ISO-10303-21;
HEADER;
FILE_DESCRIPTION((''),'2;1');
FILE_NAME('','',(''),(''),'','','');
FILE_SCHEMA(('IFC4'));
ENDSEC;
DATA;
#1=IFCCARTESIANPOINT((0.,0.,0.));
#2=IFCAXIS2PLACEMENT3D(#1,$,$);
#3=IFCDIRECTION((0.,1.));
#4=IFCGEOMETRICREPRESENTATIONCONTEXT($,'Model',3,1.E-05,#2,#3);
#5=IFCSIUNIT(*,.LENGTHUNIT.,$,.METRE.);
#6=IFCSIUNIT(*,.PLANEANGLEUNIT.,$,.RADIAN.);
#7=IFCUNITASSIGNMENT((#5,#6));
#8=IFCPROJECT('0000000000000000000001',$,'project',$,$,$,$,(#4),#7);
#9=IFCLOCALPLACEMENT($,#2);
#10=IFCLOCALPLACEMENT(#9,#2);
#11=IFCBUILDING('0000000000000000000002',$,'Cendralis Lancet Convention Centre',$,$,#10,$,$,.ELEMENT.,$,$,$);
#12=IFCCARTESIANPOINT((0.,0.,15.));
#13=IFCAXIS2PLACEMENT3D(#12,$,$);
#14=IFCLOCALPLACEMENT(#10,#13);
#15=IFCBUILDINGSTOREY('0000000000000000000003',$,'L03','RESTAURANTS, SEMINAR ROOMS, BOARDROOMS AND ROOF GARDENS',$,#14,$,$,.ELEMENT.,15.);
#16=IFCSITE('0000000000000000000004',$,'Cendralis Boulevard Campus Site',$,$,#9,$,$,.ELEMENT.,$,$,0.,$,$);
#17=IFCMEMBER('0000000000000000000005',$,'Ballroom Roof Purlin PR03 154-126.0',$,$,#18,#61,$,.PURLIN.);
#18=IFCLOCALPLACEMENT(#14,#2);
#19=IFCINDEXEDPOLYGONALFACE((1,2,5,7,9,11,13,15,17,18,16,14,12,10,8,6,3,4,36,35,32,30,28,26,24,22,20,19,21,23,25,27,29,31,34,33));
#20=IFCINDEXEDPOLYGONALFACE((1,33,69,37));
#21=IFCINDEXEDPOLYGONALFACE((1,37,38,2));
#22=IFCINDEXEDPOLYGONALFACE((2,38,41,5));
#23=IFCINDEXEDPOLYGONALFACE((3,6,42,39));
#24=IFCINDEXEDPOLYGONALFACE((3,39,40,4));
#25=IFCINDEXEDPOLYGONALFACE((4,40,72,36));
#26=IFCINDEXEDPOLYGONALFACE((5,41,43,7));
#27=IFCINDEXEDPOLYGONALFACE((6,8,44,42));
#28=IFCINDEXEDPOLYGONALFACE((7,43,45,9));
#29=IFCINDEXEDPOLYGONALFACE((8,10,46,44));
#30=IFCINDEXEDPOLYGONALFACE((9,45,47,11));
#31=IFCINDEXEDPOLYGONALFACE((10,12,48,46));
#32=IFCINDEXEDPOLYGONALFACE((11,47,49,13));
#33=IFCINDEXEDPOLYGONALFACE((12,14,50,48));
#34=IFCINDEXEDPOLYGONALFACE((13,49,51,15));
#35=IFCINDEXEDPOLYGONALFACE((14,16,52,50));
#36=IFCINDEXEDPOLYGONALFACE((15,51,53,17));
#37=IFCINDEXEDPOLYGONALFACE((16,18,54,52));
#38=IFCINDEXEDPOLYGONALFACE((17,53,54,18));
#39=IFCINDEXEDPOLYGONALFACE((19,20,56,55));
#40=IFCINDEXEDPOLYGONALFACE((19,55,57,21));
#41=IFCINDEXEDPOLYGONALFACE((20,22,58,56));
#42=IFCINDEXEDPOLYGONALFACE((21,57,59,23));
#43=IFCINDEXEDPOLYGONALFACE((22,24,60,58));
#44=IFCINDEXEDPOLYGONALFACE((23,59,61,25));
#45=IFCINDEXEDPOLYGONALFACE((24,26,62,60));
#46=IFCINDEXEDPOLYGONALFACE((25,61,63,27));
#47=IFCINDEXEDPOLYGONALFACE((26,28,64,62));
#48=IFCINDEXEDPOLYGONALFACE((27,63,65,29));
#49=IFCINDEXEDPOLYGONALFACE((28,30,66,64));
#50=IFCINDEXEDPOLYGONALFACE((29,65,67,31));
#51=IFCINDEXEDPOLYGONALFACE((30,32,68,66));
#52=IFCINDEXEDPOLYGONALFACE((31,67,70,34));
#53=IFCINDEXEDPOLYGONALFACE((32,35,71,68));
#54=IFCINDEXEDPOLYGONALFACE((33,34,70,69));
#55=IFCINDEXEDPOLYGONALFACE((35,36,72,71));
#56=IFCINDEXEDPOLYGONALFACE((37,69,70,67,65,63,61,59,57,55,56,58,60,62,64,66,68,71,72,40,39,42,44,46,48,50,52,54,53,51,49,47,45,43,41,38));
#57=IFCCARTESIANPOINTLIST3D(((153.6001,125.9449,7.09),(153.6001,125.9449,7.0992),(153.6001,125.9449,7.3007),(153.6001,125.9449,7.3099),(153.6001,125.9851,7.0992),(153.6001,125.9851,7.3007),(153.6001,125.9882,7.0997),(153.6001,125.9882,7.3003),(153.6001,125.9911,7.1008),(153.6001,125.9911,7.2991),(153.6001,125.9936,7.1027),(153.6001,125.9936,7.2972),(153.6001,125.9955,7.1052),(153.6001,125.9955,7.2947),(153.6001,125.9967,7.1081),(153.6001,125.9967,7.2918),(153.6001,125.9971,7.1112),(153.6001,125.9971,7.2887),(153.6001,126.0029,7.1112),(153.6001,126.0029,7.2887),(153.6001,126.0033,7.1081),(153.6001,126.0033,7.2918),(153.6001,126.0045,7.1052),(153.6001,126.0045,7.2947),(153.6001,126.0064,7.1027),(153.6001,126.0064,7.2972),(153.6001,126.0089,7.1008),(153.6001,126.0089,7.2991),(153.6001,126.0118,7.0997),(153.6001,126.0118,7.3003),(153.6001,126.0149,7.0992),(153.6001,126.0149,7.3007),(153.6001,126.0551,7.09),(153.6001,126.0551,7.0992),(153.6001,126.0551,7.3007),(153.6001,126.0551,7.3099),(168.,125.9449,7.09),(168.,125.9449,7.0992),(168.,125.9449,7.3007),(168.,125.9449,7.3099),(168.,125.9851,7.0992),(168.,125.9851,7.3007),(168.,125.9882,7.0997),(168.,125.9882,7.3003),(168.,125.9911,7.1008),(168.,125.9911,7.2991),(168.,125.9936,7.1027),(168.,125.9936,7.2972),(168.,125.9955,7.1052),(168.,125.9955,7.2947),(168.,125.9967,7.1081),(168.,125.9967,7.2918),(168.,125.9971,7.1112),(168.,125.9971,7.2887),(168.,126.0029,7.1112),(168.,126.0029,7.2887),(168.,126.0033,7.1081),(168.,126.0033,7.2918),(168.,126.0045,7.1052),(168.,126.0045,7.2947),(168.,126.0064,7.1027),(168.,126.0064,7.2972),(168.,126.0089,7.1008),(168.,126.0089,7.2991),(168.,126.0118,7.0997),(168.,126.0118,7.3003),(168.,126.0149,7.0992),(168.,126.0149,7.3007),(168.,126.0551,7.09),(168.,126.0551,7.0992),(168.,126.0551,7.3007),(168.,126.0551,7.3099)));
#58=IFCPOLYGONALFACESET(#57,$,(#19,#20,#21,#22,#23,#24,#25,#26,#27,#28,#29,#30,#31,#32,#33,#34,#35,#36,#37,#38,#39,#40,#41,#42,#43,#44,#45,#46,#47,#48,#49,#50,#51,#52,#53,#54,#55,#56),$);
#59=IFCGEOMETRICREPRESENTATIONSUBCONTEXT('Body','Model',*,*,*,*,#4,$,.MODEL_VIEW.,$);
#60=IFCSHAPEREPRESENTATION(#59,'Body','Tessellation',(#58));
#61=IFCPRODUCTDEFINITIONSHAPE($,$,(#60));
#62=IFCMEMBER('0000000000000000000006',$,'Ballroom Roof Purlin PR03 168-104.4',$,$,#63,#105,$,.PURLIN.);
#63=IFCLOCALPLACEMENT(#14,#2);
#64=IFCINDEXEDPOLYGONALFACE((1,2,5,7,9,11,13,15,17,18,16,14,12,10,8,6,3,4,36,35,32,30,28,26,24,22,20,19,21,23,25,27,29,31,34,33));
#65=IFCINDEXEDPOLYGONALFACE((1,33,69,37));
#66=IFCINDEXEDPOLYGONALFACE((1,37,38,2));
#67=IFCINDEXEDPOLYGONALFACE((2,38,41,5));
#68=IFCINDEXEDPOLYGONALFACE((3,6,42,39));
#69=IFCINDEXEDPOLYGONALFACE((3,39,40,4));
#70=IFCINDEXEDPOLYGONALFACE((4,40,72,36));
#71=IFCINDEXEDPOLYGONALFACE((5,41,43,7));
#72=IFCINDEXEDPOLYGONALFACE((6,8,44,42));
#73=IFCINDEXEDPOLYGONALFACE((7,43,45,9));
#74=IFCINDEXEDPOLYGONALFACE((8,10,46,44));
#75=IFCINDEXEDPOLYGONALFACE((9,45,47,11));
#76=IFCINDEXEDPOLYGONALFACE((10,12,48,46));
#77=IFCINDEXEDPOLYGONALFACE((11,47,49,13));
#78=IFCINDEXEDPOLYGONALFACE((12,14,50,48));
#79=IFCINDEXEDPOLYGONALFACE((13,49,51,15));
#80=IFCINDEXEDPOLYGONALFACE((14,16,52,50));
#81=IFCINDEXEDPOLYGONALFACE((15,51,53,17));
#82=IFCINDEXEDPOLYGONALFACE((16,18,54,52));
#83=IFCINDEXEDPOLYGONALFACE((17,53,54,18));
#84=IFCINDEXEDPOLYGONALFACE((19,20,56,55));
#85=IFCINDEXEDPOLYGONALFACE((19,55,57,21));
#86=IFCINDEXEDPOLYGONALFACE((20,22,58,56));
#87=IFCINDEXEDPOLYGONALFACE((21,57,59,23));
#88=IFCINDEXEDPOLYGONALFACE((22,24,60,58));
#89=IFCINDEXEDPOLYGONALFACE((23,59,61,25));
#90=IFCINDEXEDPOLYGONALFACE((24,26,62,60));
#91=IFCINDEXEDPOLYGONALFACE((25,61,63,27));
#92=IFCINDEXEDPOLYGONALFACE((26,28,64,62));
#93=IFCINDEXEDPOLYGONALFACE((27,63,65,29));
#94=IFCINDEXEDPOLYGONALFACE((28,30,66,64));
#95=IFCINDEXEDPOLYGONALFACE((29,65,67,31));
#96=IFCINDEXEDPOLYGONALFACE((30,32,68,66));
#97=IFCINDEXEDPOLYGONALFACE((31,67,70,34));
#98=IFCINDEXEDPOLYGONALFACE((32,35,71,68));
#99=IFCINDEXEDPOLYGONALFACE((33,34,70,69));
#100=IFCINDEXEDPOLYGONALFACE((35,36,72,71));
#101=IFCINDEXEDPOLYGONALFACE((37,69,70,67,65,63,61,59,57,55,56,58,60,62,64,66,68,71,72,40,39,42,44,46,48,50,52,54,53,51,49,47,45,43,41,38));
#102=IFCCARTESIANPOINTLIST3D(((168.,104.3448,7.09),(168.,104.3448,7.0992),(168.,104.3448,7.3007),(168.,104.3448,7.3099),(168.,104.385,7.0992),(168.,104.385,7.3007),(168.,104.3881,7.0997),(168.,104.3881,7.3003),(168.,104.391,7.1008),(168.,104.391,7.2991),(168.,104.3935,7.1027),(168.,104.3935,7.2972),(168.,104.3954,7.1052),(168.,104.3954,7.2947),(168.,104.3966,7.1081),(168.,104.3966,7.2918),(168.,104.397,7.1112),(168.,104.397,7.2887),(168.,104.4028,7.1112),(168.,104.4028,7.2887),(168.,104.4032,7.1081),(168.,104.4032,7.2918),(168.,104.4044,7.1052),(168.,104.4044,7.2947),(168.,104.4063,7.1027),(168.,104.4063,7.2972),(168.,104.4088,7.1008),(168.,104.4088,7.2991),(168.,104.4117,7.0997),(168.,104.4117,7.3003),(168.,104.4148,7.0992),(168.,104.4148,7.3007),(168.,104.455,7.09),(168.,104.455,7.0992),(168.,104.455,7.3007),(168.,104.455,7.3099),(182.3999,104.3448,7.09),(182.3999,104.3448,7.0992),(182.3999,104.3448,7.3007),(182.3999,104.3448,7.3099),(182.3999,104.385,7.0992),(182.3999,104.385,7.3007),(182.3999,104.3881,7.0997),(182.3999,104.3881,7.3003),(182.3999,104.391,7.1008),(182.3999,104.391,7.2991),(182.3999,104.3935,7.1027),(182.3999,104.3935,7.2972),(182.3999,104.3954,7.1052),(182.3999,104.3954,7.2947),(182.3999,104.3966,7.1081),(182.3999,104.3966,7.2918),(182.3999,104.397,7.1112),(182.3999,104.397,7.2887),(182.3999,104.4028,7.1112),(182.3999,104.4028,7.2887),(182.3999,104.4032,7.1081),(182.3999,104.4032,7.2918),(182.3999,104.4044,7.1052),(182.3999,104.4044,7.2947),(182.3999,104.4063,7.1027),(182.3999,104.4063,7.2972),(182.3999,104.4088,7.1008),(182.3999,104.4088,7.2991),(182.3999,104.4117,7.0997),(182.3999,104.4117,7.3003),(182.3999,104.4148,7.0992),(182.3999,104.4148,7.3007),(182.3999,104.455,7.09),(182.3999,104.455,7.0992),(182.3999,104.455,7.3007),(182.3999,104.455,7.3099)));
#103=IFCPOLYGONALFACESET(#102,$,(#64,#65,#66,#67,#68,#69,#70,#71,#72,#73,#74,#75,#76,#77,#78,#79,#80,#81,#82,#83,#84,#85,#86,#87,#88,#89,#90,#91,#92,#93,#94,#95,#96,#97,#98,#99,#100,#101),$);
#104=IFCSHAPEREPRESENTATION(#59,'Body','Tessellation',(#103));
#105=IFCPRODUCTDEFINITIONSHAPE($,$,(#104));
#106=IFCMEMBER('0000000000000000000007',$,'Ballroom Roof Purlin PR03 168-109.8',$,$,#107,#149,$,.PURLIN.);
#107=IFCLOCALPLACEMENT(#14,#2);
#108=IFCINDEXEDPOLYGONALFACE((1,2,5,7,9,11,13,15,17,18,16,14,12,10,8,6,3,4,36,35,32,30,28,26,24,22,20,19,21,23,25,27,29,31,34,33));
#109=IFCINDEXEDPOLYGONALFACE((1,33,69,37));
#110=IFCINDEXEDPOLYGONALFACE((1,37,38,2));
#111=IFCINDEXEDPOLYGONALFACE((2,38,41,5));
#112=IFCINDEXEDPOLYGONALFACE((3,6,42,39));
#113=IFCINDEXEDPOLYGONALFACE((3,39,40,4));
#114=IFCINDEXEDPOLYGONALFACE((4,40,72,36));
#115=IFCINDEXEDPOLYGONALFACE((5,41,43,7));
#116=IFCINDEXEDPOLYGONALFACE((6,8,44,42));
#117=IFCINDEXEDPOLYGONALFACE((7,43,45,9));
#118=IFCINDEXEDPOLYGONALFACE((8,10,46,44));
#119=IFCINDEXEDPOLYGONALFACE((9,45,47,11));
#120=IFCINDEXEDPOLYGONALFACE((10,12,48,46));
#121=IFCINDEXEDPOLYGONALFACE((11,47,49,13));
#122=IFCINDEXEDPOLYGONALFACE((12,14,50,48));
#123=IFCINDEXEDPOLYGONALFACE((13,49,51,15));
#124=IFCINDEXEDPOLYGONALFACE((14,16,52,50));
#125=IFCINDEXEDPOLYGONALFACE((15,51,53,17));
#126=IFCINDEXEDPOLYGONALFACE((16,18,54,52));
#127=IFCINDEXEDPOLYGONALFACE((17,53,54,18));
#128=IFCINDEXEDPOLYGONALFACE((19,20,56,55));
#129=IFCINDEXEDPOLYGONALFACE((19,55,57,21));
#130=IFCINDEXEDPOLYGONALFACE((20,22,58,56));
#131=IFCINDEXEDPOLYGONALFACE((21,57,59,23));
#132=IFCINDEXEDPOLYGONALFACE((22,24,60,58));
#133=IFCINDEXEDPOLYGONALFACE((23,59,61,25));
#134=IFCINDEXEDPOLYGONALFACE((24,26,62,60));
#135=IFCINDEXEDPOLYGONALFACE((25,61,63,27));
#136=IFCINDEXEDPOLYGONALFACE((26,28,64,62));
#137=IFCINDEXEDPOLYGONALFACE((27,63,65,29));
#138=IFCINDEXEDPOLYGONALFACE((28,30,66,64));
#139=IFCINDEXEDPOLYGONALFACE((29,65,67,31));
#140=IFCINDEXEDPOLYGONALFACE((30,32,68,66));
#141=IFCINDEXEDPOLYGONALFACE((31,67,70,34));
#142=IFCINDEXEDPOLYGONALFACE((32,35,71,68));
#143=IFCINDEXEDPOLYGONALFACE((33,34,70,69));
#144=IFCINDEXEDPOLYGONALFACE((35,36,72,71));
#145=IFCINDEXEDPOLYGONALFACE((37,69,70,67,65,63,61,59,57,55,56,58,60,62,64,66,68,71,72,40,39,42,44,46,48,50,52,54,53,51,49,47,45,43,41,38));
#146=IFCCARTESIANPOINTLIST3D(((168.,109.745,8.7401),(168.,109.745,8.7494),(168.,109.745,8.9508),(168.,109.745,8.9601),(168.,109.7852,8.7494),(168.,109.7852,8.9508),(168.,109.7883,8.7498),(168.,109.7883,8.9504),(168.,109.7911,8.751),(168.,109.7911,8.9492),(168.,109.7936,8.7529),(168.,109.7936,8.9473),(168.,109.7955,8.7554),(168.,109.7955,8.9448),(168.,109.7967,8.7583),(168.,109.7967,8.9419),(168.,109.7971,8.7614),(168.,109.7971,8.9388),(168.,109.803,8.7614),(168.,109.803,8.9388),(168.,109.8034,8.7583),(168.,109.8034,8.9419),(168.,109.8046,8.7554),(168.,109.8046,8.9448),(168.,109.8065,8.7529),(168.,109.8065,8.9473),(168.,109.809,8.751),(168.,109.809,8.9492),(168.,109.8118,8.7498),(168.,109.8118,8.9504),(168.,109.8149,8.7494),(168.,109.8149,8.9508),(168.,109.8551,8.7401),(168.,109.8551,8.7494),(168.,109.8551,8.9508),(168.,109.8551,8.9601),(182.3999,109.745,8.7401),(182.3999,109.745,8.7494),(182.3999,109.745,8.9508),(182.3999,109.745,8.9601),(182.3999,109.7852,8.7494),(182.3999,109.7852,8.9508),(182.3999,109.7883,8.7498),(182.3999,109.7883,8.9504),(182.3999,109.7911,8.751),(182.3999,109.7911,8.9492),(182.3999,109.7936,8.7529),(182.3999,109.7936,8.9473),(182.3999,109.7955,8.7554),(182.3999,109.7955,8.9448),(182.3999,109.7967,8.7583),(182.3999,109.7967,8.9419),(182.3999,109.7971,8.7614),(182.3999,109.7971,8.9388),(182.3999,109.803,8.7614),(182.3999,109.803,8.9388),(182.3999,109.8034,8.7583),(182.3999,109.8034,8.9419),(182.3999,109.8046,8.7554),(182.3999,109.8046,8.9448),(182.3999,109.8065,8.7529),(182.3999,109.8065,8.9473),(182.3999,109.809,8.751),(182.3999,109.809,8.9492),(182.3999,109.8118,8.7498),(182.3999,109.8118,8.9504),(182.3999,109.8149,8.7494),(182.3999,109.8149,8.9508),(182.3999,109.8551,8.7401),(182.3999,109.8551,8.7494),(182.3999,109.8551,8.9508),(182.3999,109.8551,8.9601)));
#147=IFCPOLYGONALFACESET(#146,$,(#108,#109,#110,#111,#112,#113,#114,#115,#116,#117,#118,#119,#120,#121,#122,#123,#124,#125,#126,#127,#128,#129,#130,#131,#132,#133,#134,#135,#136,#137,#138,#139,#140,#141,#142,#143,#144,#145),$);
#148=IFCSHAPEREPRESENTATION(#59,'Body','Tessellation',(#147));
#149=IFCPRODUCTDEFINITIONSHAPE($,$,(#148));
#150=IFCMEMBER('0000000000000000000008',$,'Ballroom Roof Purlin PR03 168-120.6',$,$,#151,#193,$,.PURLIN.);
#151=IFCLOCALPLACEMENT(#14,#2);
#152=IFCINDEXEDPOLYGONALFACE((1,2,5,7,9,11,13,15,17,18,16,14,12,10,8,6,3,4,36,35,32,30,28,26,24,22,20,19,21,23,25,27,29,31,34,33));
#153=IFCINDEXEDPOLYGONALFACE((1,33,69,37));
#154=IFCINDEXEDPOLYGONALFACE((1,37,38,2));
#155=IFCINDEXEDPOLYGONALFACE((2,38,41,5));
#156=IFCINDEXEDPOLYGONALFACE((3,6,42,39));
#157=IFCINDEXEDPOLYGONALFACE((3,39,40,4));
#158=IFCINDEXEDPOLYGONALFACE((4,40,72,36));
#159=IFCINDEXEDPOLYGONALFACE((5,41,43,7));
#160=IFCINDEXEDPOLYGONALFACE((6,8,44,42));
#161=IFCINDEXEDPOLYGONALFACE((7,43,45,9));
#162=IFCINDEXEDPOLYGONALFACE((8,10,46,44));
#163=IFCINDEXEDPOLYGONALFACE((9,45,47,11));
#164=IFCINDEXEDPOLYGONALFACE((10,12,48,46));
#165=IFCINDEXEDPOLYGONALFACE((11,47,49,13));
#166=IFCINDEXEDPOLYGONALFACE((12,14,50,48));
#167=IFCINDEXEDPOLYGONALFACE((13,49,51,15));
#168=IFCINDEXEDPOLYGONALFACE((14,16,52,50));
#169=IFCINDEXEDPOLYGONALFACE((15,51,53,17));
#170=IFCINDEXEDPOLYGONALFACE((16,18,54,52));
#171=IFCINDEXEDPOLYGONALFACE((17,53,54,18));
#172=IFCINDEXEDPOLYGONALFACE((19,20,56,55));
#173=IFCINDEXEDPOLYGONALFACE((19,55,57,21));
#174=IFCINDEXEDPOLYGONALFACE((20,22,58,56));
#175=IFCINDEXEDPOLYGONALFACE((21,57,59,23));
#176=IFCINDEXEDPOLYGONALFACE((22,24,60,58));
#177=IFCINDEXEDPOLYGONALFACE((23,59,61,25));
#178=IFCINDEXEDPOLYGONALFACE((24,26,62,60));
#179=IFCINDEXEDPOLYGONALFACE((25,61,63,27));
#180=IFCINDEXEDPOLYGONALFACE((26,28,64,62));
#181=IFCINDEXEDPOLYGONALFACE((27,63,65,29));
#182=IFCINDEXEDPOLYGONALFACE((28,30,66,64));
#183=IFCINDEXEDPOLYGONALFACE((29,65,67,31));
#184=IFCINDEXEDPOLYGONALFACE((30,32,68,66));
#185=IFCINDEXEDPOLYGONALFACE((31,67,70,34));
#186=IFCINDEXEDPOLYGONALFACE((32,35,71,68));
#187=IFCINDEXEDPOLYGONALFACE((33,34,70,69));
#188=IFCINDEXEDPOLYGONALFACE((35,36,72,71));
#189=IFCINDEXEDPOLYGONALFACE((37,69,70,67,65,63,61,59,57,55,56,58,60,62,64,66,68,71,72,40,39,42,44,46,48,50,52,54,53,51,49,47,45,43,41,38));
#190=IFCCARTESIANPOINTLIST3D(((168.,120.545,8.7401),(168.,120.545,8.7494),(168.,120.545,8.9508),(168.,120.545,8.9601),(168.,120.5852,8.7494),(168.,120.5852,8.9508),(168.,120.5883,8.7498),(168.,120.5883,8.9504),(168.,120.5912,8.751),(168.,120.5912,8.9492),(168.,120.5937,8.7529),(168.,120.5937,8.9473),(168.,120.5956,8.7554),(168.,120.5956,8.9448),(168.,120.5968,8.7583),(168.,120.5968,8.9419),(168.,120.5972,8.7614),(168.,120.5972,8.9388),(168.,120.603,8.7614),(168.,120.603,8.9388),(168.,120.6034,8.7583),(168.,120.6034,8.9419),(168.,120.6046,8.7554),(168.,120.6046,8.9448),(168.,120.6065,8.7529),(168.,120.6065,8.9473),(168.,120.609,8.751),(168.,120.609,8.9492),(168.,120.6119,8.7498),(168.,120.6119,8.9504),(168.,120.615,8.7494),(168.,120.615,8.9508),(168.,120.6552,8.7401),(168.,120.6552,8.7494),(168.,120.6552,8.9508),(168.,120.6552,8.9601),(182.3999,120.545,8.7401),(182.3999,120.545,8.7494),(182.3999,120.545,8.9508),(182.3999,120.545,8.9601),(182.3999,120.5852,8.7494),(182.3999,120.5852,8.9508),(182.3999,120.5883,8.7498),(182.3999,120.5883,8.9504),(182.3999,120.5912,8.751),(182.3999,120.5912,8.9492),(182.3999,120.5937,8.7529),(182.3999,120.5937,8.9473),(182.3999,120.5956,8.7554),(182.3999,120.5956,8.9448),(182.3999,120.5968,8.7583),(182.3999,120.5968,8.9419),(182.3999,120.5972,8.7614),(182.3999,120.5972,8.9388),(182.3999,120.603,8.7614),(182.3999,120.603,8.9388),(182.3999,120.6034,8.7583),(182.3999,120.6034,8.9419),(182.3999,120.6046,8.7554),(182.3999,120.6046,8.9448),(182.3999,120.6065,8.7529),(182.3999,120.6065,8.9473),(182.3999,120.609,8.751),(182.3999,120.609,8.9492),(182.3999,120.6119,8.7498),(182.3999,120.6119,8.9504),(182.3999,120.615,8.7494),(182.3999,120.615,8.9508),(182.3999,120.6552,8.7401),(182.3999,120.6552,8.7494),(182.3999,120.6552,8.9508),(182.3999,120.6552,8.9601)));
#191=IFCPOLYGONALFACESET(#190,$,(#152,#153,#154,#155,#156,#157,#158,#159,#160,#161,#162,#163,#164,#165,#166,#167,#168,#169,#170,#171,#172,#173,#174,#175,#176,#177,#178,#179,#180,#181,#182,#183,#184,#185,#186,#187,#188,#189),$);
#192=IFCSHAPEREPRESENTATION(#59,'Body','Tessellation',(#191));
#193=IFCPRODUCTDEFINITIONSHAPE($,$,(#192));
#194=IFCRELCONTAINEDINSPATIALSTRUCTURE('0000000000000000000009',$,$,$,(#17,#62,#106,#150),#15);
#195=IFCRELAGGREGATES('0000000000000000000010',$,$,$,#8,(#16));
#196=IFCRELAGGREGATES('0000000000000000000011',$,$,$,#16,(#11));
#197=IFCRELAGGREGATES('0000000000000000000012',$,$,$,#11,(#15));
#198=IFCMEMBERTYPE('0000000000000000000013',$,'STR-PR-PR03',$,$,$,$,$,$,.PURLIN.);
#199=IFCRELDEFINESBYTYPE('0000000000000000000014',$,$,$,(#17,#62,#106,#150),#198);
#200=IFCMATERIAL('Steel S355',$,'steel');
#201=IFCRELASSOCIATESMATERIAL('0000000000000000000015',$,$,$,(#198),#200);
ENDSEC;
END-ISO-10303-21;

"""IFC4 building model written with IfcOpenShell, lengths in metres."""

from ifc_helpers import new_model, si_unit, direction, frame, origin, origin_2d, place, context, subcontext, project, spatial, i_section, extrude, material, material_profile, profile_set, type_object, element, save


model = new_model("IFC4")

# Units and contexts
model_context = context("Model", 3, precision=1e-05, world=origin(), true_north=direction((0.0, 1.0)))
body_context = subcontext(model_context, "Body", "Model", "MODEL_VIEW")
ifc_project = project(units=[si_unit("LENGTHUNIT", "METRE"), si_unit("PLANEANGLEUNIT", "RADIAN")], contexts=[model_context])

# Site, building, storey
site_placement = place(None, origin())
site = spatial("IfcSite", under=ifc_project, at=site_placement, Name="Cendralis Boulevard Campus Site", CompositionType="ELEMENT", RefElevation=0.0)
building_placement = place(site_placement, origin())
building = spatial("IfcBuilding", under=site, at=building_placement, Name="Cendralis Lancet Convention Centre", CompositionType="ELEMENT")
storey_placement = place(building_placement, frame((0.0, 0.0, 15.0)))
storey = spatial("IfcBuildingStorey", under=building, at=storey_placement, Name="L03", Description="RESTAURANTS, SEMINAR ROOMS, BOARDROOMS AND ROOF GARDENS", CompositionType="ELEMENT", Elevation=15.0)

# Shared definitions
ifc_material_1 = material(Name="Steel S355", Category="steel")

# Members
ifc_material_profile_1 = material_profile(ifc_material_1, i_section(OverallWidth=0.1101, OverallDepth=0.22, WebThickness=0.0059, FlangeThickness=0.0093, FilletRadius=0.012, at=origin_2d()), Name="IPE 220")
ifc_profile_set_1 = profile_set([ifc_material_profile_1], Name="Steel S355")
member_type_1 = type_object("IfcMemberType", Name="STR-PR-PR03", PredefinedType="PURLIN", material=ifc_profile_set_1)
for number, where, z_axis, x_axis, name in (
    (1, (153.6001, 126.0, 7.2), (1.0, 0.0, 0.0), (0.0, 1.0, 0.0), "Ballroom Roof Purlin PR03 154-126.0"),
    (2, (168.0, 104.3999, 7.2), (1.0, 0.0, 0.0), (0.0, 1.0, 0.0), "Ballroom Roof Purlin PR03 168-104.4"),
    (3, (168.0, 109.8, 8.8501), (1.0, 0.0, 0.0), (0.0, 1.0, 0.0), "Ballroom Roof Purlin PR03 168-109.8"),
    (4, (168.0, 120.6001, 8.8501), (1.0, 0.0, 0.0), (0.0, 1.0, 0.0), "Ballroom Roof Purlin PR03 168-120.6"),
):
    element("IfcMember", number, at=place(storey_placement, frame(where, z_axis=z_axis, x_axis=x_axis)), inside=storey, type_object=member_type_1, Name=name, PredefinedType="PURLIN", context=body_context, shape_type="SweptSolid", body=[
        extrude(i_section(OverallWidth=0.1101, OverallDepth=0.22, WebThickness=0.0059, FlangeThickness=0.0093, FilletRadius=0.012, at=origin_2d()), origin(), (0.0, 0.0, 1.0), 14.3999),
    ])

save(model, "model.ifc")
